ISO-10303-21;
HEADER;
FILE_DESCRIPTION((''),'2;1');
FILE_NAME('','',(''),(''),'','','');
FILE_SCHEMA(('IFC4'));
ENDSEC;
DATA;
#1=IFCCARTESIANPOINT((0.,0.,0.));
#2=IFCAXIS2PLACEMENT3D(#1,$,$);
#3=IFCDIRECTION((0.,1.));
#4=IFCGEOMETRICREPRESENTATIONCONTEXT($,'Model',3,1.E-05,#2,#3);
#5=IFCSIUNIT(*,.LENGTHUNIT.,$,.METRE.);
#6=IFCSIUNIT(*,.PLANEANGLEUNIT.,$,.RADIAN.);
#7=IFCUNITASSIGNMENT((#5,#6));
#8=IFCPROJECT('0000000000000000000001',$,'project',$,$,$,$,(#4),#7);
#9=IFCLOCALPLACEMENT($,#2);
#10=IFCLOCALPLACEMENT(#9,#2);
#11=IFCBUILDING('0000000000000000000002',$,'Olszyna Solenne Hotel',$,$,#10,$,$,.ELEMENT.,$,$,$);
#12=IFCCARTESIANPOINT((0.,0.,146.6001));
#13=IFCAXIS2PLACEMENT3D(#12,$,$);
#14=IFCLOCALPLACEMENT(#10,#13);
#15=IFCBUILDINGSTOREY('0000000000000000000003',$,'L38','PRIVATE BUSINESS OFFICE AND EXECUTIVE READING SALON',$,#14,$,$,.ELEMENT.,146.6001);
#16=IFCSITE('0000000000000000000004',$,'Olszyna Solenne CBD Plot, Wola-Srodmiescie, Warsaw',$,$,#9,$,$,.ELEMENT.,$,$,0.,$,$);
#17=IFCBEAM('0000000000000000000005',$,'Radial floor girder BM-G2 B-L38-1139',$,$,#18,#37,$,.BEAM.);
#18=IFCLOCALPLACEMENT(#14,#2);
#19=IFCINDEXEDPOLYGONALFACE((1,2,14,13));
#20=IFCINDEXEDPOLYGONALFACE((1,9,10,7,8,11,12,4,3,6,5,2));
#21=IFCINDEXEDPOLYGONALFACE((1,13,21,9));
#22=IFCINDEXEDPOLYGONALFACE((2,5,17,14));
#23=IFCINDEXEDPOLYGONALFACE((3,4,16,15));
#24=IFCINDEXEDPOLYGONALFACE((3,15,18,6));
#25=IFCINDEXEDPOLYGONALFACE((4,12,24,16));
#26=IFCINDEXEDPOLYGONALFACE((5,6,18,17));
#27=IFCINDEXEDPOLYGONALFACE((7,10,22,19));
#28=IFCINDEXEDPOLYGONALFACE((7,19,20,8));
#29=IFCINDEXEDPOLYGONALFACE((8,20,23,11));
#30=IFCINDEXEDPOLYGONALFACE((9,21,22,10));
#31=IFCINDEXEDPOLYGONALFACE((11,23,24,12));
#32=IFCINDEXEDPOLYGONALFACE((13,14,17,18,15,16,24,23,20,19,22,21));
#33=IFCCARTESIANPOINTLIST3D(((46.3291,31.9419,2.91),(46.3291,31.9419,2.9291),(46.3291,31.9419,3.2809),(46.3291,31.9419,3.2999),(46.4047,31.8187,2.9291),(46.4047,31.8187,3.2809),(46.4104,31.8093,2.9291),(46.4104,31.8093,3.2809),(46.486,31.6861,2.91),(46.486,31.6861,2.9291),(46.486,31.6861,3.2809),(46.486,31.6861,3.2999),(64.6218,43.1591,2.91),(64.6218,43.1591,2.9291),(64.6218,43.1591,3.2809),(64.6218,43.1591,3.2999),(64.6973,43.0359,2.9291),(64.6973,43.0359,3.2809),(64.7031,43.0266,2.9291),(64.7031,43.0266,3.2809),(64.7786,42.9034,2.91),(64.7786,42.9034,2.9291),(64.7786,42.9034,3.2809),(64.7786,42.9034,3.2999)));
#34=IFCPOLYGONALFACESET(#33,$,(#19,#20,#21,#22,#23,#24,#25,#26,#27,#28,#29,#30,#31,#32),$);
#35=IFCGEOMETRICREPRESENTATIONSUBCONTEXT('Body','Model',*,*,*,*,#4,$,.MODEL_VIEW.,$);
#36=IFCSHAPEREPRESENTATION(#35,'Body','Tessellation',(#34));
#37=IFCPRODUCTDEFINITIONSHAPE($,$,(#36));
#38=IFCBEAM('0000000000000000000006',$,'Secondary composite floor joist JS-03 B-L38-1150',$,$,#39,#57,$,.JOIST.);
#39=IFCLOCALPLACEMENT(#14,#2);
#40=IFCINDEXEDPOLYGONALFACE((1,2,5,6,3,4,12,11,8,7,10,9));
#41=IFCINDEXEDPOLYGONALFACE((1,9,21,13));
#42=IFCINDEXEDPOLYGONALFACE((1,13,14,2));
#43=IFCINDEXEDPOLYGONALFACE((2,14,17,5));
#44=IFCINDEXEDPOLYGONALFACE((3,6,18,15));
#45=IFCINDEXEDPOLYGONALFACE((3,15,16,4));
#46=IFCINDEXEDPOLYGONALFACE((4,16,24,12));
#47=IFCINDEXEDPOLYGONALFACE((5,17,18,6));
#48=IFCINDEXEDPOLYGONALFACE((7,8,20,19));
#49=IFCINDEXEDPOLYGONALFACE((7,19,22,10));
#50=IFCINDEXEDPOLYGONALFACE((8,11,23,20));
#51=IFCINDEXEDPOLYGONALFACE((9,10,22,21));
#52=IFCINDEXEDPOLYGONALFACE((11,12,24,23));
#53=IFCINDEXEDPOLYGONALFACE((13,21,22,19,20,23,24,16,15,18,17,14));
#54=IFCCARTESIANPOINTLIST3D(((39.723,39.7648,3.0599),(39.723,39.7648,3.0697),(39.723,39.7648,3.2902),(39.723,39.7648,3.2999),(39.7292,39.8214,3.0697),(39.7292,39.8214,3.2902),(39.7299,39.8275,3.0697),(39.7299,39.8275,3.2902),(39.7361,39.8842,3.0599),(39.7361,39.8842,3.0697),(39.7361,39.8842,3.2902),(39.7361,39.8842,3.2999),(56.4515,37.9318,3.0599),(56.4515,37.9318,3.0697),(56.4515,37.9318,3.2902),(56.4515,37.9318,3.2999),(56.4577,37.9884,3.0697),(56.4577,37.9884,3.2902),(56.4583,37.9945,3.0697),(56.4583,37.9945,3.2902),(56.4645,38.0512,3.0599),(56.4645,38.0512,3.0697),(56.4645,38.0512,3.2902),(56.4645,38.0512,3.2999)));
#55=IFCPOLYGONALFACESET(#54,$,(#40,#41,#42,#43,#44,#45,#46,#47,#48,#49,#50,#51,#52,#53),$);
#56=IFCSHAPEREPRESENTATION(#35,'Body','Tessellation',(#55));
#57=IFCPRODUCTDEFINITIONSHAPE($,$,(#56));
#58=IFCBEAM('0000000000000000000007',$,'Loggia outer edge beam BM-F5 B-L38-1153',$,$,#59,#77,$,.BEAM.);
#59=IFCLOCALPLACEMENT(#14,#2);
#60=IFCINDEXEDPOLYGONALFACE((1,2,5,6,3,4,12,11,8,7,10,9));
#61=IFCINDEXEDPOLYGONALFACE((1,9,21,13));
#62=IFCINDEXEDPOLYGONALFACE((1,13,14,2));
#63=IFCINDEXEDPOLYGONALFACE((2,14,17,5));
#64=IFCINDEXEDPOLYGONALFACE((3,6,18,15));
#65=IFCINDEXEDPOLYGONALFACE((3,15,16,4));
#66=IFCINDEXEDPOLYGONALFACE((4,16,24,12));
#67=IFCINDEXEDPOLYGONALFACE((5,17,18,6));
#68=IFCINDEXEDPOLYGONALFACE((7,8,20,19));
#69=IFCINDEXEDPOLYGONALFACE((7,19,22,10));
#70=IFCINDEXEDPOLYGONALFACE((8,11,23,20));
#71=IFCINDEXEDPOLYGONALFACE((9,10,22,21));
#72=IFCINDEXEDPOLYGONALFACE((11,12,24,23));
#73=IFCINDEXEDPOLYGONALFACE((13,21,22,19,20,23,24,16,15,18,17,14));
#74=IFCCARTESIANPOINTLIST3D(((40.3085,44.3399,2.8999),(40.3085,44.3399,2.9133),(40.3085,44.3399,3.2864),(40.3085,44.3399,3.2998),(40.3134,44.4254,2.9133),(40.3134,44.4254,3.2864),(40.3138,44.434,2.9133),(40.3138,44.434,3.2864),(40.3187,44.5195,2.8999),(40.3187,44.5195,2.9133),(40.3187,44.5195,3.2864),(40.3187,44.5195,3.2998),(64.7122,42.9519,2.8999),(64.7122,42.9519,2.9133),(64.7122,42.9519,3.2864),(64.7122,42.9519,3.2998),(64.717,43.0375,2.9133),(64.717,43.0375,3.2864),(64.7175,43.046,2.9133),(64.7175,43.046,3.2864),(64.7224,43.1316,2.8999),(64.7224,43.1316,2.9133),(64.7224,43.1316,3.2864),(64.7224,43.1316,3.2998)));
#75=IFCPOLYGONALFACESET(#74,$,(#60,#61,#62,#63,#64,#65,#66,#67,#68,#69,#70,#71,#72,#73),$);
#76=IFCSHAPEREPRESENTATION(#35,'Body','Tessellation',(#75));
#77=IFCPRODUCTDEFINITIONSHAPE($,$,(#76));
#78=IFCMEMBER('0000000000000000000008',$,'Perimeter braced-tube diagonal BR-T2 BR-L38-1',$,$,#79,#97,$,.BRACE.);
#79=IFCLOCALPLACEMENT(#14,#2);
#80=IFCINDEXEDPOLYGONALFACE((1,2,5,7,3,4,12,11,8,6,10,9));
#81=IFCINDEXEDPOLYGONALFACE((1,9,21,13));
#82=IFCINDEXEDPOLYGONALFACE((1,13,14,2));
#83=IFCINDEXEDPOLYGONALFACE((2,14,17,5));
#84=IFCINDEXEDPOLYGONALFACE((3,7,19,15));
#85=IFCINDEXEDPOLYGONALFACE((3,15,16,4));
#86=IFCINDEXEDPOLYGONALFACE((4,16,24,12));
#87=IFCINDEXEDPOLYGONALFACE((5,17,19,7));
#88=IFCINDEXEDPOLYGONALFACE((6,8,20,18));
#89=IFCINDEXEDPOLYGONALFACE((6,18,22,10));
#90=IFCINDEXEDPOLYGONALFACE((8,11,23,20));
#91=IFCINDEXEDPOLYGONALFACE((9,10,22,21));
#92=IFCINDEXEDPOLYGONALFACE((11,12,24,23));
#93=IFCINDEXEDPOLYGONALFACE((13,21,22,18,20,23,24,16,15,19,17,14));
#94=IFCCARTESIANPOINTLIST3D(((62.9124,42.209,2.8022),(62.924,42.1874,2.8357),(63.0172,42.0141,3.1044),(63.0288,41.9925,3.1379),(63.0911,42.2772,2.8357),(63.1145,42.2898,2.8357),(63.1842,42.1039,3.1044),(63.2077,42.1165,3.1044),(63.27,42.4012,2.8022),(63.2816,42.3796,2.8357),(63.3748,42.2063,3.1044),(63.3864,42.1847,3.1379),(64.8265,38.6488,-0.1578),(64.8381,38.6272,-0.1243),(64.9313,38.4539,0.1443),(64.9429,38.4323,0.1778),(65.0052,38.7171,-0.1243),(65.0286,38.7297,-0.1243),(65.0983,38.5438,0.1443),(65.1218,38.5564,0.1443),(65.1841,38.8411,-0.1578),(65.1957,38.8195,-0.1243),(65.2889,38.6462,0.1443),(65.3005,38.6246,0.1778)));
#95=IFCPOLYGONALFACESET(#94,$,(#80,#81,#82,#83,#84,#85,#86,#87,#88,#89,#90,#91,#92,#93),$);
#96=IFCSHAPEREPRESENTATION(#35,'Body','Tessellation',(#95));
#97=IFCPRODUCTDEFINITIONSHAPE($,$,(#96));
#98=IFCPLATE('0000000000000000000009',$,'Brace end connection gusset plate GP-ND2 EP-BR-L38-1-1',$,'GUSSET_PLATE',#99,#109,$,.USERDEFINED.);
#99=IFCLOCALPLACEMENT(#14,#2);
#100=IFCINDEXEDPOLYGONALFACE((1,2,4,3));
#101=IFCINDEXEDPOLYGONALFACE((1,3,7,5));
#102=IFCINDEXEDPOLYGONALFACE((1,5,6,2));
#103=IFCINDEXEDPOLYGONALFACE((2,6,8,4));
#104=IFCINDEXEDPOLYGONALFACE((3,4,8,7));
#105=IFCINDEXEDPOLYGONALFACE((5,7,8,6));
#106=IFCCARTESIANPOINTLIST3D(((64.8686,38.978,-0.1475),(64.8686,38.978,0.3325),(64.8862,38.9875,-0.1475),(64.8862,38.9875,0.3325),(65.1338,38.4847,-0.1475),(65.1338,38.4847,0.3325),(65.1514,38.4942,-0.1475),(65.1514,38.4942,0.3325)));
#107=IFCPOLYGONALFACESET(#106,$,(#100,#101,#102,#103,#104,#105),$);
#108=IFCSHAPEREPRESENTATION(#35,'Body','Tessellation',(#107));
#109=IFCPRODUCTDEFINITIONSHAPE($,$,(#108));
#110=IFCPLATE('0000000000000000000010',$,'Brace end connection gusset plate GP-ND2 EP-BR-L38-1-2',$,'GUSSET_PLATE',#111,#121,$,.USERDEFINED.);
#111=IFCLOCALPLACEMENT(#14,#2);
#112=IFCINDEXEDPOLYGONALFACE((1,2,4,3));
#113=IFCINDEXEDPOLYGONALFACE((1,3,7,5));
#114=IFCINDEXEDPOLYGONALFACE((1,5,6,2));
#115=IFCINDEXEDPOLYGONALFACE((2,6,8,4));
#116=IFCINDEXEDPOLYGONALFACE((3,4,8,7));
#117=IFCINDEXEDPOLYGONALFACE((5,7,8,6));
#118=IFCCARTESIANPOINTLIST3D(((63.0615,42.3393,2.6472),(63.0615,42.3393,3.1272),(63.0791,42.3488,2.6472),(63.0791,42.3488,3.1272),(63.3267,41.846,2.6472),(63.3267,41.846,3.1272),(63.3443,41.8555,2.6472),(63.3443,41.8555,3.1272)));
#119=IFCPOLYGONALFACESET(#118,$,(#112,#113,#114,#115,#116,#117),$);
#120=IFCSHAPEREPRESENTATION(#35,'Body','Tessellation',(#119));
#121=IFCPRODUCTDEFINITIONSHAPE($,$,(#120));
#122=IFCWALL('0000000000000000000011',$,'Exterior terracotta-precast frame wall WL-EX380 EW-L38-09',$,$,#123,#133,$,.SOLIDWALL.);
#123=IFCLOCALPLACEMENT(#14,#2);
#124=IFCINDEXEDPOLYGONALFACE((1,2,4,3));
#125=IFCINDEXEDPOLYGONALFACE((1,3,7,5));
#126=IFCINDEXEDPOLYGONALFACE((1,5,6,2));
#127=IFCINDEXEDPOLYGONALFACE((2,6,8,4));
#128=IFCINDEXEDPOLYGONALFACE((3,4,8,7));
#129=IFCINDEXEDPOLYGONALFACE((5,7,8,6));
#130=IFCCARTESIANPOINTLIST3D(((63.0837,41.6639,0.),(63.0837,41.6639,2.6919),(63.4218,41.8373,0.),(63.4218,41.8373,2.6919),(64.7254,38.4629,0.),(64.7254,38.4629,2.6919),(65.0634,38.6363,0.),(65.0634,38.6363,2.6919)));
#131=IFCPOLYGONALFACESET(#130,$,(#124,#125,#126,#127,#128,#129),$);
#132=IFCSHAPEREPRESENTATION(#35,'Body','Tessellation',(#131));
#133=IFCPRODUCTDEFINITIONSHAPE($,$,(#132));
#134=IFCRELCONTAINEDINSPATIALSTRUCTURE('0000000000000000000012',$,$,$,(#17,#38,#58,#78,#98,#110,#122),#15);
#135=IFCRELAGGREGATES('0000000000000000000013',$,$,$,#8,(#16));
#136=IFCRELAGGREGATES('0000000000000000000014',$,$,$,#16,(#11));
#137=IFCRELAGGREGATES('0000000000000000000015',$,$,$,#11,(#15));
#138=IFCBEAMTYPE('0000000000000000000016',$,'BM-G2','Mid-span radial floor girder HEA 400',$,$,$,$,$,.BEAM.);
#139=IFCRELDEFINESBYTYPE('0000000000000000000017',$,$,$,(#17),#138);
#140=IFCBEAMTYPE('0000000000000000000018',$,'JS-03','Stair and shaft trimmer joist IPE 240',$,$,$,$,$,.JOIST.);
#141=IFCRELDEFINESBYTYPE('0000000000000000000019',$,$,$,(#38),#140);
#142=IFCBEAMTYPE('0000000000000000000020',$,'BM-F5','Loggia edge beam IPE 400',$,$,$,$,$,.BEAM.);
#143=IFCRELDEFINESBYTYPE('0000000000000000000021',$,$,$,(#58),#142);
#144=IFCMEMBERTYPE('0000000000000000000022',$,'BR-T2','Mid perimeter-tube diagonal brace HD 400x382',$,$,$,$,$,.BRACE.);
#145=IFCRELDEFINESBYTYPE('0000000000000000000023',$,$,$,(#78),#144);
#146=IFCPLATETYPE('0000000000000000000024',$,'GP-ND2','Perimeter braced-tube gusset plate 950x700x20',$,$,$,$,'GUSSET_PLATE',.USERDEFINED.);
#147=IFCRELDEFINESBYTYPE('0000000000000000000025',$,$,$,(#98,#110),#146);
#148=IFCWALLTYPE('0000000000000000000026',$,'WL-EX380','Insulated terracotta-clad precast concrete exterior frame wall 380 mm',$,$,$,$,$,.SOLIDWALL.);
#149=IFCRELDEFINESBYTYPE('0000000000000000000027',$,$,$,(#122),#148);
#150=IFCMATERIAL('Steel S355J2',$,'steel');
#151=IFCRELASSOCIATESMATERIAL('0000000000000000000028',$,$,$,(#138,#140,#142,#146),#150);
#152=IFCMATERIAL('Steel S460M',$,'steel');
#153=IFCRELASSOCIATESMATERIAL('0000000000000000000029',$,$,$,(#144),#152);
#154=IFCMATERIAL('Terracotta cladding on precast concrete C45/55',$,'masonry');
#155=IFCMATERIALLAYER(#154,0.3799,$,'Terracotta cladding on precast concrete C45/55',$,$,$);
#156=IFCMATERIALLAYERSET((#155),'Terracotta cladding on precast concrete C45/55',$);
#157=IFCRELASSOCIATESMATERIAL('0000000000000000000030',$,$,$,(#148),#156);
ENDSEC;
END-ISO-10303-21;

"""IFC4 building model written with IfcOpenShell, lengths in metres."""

from ifc_helpers import new_model, si_unit, direction, frame, frame_2d, origin, origin_2d, place, context, subcontext, project, spatial, rectangle, i_section, extrude, source, transform, mapped, material, layer, layer_set, material_profile, profile_set, type_object, element, save


model = new_model("IFC4")

# Units and contexts
model_context = context("Model", 3, precision=1e-05, world=origin(), true_north=direction((0.0, 1.0)))
body_context = subcontext(model_context, "Body", "Model", "MODEL_VIEW")
ifc_project = project(units=[si_unit("LENGTHUNIT", "METRE"), si_unit("PLANEANGLEUNIT", "RADIAN")], contexts=[model_context])

# Site, building, storey
site_placement = place(None, origin())
site = spatial("IfcSite", under=ifc_project, at=site_placement, Name="Olszyna Solenne CBD Plot, Wola-Srodmiescie, Warsaw", CompositionType="ELEMENT", RefElevation=0.0)
building_placement = place(site_placement, origin())
building = spatial("IfcBuilding", under=site, at=building_placement, Name="Olszyna Solenne Hotel", CompositionType="ELEMENT")
storey_placement = place(building_placement, frame((0.0, 0.0, 146.6001)))
storey = spatial("IfcBuildingStorey", under=building, at=storey_placement, Name="L38", Description="PRIVATE BUSINESS OFFICE AND EXECUTIVE READING SALON", CompositionType="ELEMENT", Elevation=146.6001)

# Shared definitions
ifc_material_1 = material(Name="Steel S460M", Category="steel")

# Beams
ifc_material_2 = material(Name="Steel S355J2", Category="steel")
ifc_material_profile_1 = material_profile(ifc_material_2, i_section(OverallWidth=0.3, OverallDepth=0.3899, WebThickness=0.011, FlangeThickness=0.019, at=origin_2d()), Name="HEA 400", Category="load-bearing")
ifc_profile_set_1 = profile_set([ifc_material_profile_1], Name="Steel S355J2")
beam_type_1 = type_object("IfcBeamType", Name="BM-G2", Description="Mid-span radial floor girder HEA 400", PredefinedType="BEAM", material=ifc_profile_set_1)
shared_shape_1 = source(origin(), body_context, "Body", "SweptSolid", [
    extrude(i_section(OverallWidth=0.3, OverallDepth=0.3899, WebThickness=0.011, FlangeThickness=0.019, at=origin_2d()), origin(), (0.0, 0.0, 1.0), 21.458),
])
beam_1_placement = place(storey_placement, frame((64.7002, 43.0312, 3.105), z_axis=(-0.852485, -0.522752, 0.0), x_axis=(0.522752, -0.852485, 0.0)))
element("IfcBeam", 1, at=beam_1_placement, inside=storey, type_object=beam_type_1, Name="Radial floor girder BM-G2 B-L38-1139", PredefinedType="BEAM", context=body_context, shape_type="MappedRepresentation", body=[
    mapped(shared_shape_1, transform((0.0, 0.0, 0.0), x_axis=(1.0, 0.0, 0.0), y_axis=(0.0, 1.0, 0.0), z_axis=(0.0, 0.0, 1.0), scale=1.0)),
])
ifc_material_profile_2 = material_profile(ifc_material_2, i_section(OverallWidth=0.1201, OverallDepth=0.24, WebThickness=0.0061, FlangeThickness=0.0098, at=origin_2d()), Name="IPE 240", Category="load-bearing")
ifc_profile_set_2 = profile_set([ifc_material_profile_2], Name="Steel S355J2")
beam_type_2 = type_object("IfcBeamType", Name="JS-03", Description="Stair and shaft trimmer joist IPE 240", PredefinedType="JOIST", material=ifc_profile_set_2)
shared_shape_2 = source(origin(), body_context, "Body", "SweptSolid", [
    extrude(i_section(OverallWidth=0.1201, OverallDepth=0.24, WebThickness=0.0061, FlangeThickness=0.0098, at=origin_2d()), origin(), (0.0, 0.0, 1.0), 16.8286),
])
beam_2_placement = place(storey_placement, frame((56.458, 37.9915, 3.1799), z_axis=(-0.99405, 0.108922, 0.0), x_axis=(-0.108922, -0.99405, 0.0)))
element("IfcBeam", 2, at=beam_2_placement, inside=storey, type_object=beam_type_2, Name="Secondary composite floor joist JS-03 B-L38-1150", PredefinedType="JOIST", context=body_context, shape_type="MappedRepresentation", body=[
    mapped(shared_shape_2, transform((0.0, 0.0, 0.0), x_axis=(1.0, 0.0, 0.0), y_axis=(0.0, 1.0, 0.0), z_axis=(0.0, 0.0, 1.0), scale=1.0)),
])
ifc_material_profile_3 = material_profile(ifc_material_2, i_section(OverallWidth=0.1799, OverallDepth=0.3999, WebThickness=0.0085, FlangeThickness=0.0134, at=origin_2d()), Name="IPE 400", Category="load-bearing")
ifc_profile_set_3 = profile_set([ifc_material_profile_3], Name="Steel S355J2")
beam_type_3 = type_object("IfcBeamType", Name="BM-F5", Description="Loggia edge beam IPE 400", PredefinedType="BEAM", material=ifc_profile_set_3)
shared_shape_3 = source(origin(), body_context, "Body", "SweptSolid", [
    extrude(i_section(OverallWidth=0.1799, OverallDepth=0.3999, WebThickness=0.0085, FlangeThickness=0.0134, at=origin_2d()), origin(), (0.0, 0.0, 1.0), 24.4431),
])
beam_3_placement = place(storey_placement, frame((64.7173, 43.0417, 3.0999), z_axis=(-0.998387, 0.056783, 0.0), x_axis=(-0.056783, -0.998387, 0.0)))
element("IfcBeam", 3, at=beam_3_placement, inside=storey, type_object=beam_type_3, Name="Loggia outer edge beam BM-F5 B-L38-1153", PredefinedType="BEAM", context=body_context, shape_type="MappedRepresentation", body=[
    mapped(shared_shape_3, transform((0.0, 0.0, 0.0), x_axis=(1.0, 0.0, 0.0), y_axis=(0.0, 1.0, 0.0), z_axis=(0.0, 0.0, 1.0), scale=1.0)),
])

# Member
ifc_material_profile_4 = material_profile(ifc_material_1, i_section(OverallWidth=0.406, OverallDepth=0.416, WebThickness=0.0266, FlangeThickness=0.0415, at=origin_2d()), Name="HD 400x382", Category="load-bearing")
ifc_profile_set_4 = profile_set([ifc_material_profile_4], Name="Steel S460M")
member_type = type_object("IfcMemberType", Name="BR-T2", Description="Mid perimeter-tube diagonal brace HD 400x382", PredefinedType="BRACE", material=ifc_profile_set_4)
shared_shape_4 = source(origin(), body_context, "Body", "SweptSolid", [
    extrude(i_section(OverallWidth=0.406, OverallDepth=0.416, WebThickness=0.0266, FlangeThickness=0.0415, at=origin_2d()), origin(), (0.0, 0.0, 1.0), 5.01),
])
member_placement = place(storey_placement, frame((65.0635, 38.6367, 0.01), z_axis=(-0.382057, 0.710606, 0.590823), x_axis=(-0.88077, -0.473545, 0.0)))
element("IfcMember", 4, at=member_placement, inside=storey, type_object=member_type, Name="Perimeter braced-tube diagonal BR-T2 BR-L38-1", PredefinedType="BRACE", context=body_context, shape_type="MappedRepresentation", body=[
    mapped(shared_shape_4, transform((0.0, 0.0, 0.0), x_axis=(1.0, 0.0, 0.0), y_axis=(0.0, 1.0, 0.0), z_axis=(0.0, 0.0, 1.0), scale=1.0)),
])

# Plates
plate_type = type_object("IfcPlateType", Name="GP-ND2", Description="Perimeter braced-tube gusset plate 950x700x20", ElementType="GUSSET_PLATE", PredefinedType="USERDEFINED", material=ifc_material_2)
shared_shape_5 = source(origin(), body_context, "Body", "SweptSolid", [
    extrude(rectangle(XDim=0.5601, YDim=0.02, at=origin_2d()), origin(), (0.0, 0.0, 1.0), 0.48),
])
for number, where, z_axis, x_axis, name in (
    (5, (65.01, 38.7361, -0.1475), (0.0, 0.0, 1.0), (-0.473473, 0.880808, 0.0), "Brace end connection gusset plate GP-ND2 EP-BR-L38-1-1"),
    (6, (63.2029, 42.0974, 2.6472), (0.0, 0.0, 1.0), (-0.473473, 0.880808, 0.0), "Brace end connection gusset plate GP-ND2 EP-BR-L38-1-2"),
):
    element("IfcPlate", number, at=place(storey_placement, frame(where, z_axis=z_axis, x_axis=x_axis)), inside=storey, type_object=plate_type, Name=name, ObjectType="GUSSET_PLATE", PredefinedType="USERDEFINED", context=body_context, shape_type="MappedRepresentation", body=[
        mapped(shared_shape_5, transform((0.0, 0.0, 0.0), x_axis=(1.0, 0.0, 0.0), y_axis=(0.0, 1.0, 0.0), z_axis=(0.0, 0.0, 1.0), scale=1.0)),
    ])

# Wall
ifc_material_3 = material(Name="Terracotta cladding on precast concrete C45/55", Category="masonry")
ifc_layer_1 = layer(ifc_material_3, 0.3799, Name="Terracotta cladding on precast concrete C45/55")
ifc_layer_set_1 = layer_set([ifc_layer_1], Name="Terracotta cladding on precast concrete C45/55")
wall_type_1 = type_object("IfcWallType", Name="WL-EX380", Description="Insulated terracotta-clad precast concrete exterior frame wall 380 mm", PredefinedType="SOLIDWALL", material=ifc_layer_set_1)
wall_1_placement = place(storey_placement, frame((63.2527, 41.7507, 0.0), z_axis=(0.0, 0.0, 1.0), x_axis=(0.456339, -0.889806, 0.0)))
element("IfcWall", 7, at=wall_1_placement, inside=storey, type_object=wall_type_1, Name="Exterior terracotta-precast frame wall WL-EX380 EW-L38-09", PredefinedType="SOLIDWALL", context=body_context, shape_type="SweptSolid", body=[
    extrude(rectangle(XDim=3.5974, YDim=0.3799, at=frame_2d((1.7988, 0.0))), origin(), (0.0, 0.0, 1.0), 2.6919),
])

save(model, "model.ifc")
